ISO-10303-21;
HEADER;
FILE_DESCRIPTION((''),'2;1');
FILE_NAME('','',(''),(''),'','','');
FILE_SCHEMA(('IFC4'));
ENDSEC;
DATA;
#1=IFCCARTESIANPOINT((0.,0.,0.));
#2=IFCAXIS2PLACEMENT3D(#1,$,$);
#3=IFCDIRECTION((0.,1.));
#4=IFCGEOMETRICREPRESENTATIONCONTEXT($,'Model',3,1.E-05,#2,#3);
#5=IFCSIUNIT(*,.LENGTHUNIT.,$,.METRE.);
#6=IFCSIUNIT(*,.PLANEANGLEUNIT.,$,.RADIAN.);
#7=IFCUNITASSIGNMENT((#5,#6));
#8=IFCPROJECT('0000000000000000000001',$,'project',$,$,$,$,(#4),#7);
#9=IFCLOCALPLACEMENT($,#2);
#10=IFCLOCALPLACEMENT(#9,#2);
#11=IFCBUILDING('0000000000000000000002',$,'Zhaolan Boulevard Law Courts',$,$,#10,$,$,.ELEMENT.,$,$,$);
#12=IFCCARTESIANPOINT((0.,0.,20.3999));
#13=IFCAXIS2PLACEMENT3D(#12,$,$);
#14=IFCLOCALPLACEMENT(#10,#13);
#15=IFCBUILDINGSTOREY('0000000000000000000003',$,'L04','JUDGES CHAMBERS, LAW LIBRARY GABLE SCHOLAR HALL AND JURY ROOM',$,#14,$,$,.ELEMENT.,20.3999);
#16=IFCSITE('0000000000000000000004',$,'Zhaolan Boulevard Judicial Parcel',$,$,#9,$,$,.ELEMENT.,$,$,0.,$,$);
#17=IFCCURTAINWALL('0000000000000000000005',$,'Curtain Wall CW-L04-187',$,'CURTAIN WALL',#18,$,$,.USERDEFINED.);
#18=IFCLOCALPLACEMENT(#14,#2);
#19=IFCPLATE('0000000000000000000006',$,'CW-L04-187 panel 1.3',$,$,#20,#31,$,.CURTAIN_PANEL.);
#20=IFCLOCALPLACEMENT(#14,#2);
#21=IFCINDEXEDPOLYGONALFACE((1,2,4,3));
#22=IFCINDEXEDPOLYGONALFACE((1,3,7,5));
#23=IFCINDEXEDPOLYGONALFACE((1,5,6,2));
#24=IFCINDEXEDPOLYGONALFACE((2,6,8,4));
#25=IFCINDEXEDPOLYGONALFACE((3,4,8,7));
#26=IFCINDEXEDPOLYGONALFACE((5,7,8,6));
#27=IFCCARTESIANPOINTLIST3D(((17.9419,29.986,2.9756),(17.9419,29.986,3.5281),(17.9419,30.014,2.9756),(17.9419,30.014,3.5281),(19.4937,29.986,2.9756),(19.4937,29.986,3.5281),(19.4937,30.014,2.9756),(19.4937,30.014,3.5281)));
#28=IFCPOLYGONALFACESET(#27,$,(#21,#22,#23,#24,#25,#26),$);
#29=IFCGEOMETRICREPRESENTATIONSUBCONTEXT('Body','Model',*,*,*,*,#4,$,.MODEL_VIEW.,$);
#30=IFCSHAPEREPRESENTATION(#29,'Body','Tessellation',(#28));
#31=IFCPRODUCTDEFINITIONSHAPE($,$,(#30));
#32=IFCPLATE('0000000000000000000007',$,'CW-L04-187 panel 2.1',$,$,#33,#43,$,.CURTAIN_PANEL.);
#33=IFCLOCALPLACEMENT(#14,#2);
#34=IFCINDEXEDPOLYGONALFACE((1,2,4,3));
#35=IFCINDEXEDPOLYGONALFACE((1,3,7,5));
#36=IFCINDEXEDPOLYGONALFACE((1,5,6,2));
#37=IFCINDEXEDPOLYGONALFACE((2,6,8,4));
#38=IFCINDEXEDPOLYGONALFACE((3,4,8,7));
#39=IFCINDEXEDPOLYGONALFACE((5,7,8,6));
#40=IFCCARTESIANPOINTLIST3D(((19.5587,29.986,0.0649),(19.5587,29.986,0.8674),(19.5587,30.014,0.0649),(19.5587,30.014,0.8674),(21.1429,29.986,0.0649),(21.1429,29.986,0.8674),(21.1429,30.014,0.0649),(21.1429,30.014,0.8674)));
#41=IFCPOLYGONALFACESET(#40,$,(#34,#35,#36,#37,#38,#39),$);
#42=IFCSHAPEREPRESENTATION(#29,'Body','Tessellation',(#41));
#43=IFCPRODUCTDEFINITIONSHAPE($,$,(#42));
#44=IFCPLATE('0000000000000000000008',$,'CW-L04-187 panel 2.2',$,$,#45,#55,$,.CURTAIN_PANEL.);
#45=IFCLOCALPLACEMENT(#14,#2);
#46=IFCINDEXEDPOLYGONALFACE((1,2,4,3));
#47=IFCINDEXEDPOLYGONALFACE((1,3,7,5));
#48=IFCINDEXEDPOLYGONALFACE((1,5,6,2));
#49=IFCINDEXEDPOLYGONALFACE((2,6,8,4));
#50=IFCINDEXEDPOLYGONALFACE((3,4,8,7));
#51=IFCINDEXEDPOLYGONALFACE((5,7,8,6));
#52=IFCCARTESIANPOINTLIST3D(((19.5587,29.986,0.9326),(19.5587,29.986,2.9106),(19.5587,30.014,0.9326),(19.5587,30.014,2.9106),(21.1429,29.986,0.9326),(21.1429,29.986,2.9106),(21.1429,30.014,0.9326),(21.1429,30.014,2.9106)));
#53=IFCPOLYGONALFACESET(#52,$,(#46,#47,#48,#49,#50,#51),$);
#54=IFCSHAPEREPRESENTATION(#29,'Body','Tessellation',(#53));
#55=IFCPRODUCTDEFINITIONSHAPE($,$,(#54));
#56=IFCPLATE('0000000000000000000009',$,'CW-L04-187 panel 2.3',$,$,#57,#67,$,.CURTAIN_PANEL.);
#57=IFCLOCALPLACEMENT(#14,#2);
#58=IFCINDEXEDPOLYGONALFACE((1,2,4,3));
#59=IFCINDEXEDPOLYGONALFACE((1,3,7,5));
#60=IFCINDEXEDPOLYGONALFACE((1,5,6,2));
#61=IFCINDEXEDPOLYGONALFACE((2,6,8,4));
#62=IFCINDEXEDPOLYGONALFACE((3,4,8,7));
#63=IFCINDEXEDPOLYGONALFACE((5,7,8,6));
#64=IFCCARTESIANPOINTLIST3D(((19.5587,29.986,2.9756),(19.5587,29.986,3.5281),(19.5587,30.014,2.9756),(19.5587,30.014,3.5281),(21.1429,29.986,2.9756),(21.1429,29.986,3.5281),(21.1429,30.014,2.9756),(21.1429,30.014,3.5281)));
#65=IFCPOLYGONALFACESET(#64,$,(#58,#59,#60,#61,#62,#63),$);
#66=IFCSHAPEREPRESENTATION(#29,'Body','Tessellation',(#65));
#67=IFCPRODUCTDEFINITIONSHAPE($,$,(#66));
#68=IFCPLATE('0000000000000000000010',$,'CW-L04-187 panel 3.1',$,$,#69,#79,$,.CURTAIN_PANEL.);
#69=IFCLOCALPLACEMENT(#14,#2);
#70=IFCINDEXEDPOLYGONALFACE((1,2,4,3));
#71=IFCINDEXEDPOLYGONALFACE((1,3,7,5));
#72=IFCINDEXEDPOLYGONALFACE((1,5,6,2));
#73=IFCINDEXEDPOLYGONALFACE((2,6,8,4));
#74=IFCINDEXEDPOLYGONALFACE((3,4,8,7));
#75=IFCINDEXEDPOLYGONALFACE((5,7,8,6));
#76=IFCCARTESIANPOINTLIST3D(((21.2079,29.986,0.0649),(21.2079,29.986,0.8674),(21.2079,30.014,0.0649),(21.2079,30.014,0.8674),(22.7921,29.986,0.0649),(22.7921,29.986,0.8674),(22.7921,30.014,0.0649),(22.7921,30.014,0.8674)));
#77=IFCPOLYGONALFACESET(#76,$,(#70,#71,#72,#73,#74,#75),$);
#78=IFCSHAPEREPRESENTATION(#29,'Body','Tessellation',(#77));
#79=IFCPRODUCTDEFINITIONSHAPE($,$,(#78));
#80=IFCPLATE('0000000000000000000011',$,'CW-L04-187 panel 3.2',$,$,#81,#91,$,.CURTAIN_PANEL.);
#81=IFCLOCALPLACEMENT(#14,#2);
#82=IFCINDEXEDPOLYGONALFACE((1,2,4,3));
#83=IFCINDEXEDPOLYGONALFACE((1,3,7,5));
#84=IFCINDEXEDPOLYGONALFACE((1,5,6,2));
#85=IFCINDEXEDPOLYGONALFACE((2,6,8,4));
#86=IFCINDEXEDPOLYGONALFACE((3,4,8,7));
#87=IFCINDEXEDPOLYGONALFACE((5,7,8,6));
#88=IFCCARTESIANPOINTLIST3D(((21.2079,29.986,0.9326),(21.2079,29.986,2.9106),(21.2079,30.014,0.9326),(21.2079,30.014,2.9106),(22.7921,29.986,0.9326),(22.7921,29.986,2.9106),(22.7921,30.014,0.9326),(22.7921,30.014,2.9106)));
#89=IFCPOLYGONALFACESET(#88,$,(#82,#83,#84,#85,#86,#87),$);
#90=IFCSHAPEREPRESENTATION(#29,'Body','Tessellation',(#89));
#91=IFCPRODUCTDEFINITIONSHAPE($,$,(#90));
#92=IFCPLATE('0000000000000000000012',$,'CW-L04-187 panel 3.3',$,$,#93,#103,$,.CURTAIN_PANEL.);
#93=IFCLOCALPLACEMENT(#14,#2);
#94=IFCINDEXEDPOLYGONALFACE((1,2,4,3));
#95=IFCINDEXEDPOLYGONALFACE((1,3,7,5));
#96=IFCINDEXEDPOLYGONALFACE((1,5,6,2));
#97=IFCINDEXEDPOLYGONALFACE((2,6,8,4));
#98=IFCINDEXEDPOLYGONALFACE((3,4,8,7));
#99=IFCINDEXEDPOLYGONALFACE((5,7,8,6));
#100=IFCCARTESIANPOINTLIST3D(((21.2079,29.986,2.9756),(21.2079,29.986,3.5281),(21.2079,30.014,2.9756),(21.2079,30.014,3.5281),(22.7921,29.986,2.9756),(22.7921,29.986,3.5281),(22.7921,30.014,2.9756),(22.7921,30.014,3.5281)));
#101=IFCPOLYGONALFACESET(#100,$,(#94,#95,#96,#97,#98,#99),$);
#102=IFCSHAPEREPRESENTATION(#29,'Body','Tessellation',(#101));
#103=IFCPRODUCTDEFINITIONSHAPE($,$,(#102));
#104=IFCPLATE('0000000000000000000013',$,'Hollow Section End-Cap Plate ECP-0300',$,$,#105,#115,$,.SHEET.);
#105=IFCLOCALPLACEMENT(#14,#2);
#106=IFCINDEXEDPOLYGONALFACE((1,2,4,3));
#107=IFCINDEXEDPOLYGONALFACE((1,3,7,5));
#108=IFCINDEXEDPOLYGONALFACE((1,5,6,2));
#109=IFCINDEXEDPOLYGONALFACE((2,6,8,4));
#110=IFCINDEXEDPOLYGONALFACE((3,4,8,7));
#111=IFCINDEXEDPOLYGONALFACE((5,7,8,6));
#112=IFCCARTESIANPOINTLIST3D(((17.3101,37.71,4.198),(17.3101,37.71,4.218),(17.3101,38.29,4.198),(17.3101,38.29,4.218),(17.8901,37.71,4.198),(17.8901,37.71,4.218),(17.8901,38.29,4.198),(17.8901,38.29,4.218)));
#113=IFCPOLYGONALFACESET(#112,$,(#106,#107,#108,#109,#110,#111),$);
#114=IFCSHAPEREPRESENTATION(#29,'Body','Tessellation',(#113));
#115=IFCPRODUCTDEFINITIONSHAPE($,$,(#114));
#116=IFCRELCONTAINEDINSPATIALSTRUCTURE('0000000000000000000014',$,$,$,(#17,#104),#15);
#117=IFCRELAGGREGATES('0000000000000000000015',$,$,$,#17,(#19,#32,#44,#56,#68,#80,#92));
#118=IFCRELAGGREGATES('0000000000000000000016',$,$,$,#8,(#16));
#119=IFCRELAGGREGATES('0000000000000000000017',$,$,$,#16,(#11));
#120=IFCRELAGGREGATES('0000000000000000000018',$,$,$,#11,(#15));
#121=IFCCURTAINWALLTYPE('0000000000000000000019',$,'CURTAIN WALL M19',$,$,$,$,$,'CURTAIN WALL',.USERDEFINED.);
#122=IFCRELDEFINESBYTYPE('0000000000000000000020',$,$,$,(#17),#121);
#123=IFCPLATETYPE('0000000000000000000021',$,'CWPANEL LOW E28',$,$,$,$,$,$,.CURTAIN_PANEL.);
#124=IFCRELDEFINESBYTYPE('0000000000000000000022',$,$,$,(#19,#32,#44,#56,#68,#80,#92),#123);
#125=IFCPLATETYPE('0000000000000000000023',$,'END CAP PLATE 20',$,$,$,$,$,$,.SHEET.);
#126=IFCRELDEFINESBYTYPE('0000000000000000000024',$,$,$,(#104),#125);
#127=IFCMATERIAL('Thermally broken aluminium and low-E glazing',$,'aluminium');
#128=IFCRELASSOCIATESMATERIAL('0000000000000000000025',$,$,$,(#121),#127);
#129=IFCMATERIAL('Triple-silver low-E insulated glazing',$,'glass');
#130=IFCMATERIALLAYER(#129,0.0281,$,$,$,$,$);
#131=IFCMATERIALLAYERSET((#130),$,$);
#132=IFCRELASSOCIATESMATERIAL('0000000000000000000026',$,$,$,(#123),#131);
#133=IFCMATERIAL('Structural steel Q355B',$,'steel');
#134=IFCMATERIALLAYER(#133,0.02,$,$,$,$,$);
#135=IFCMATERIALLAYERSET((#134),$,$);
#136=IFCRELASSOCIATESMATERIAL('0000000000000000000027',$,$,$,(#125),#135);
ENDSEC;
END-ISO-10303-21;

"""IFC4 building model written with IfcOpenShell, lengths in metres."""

from ifc_helpers import new_model, si_unit, direction, frame, origin, origin_2d, place, context, subcontext, project, spatial, rectangle, extrude, material, layer, layer_set, type_object, element, aggregate, save


model = new_model("IFC4")

# Units and contexts
model_context = context("Model", 3, precision=1e-05, world=origin(), true_north=direction((0.0, 1.0)))
body_context = subcontext(model_context, "Body", "Model", "MODEL_VIEW")
ifc_project = project(units=[si_unit("LENGTHUNIT", "METRE"), si_unit("PLANEANGLEUNIT", "RADIAN")], contexts=[model_context])

# Site, building, storey
site_placement = place(None, origin())
site = spatial("IfcSite", under=ifc_project, at=site_placement, Name="Zhaolan Boulevard Judicial Parcel", CompositionType="ELEMENT", RefElevation=0.0)
building_placement = place(site_placement, origin())
building = spatial("IfcBuilding", under=site, at=building_placement, Name="Zhaolan Boulevard Law Courts", CompositionType="ELEMENT")
storey_placement = place(building_placement, frame((0.0, 0.0, 20.3999)))
storey = spatial("IfcBuildingStorey", under=building, at=storey_placement, Name="L04", Description="JUDGES CHAMBERS, LAW LIBRARY GABLE SCHOLAR HALL AND JURY ROOM", CompositionType="ELEMENT", Elevation=20.3999)

# Curtain wall
ifc_material_1 = material(Name="Thermally broken aluminium and low-E glazing", Category="aluminium")
curtain_wall_type = type_object("IfcCurtainWallType", Name="CURTAIN WALL M19", ElementType="CURTAIN WALL", PredefinedType="USERDEFINED", material=ifc_material_1)
curtain_wall_placement = place(storey_placement, origin())
curtain_wall = element("IfcCurtainWall", 1, at=curtain_wall_placement, inside=storey, type_object=curtain_wall_type, Name="Curtain Wall CW-L04-187", ObjectType="CURTAIN WALL", PredefinedType="USERDEFINED")

# Plates
ifc_material_2 = material(Name="Triple-silver low-E insulated glazing", Category="glass")
ifc_layer_1 = layer(ifc_material_2, 0.0281)
ifc_layer_set_1 = layer_set([ifc_layer_1])
plate_type_1 = type_object("IfcPlateType", Name="CWPANEL LOW E28", PredefinedType="CURTAIN_PANEL", material=ifc_layer_set_1)
plate_1_placement = place(storey_placement, frame((18.7178, 30.0, 2.9756), z_axis=(0.0, 0.0, 1.0), x_axis=(1.0, 0.0, 0.0)))
plate_1 = element("IfcPlate", 2, at=plate_1_placement, type_object=plate_type_1, Name="CW-L04-187 panel 1.3", PredefinedType="CURTAIN_PANEL", context=body_context, shape_type="SweptSolid", body=[
    extrude(rectangle(XDim=1.5518, YDim=0.0281, at=origin_2d()), origin(), (0.0, 0.0, 1.0), 0.5525),
])
plate_2_placement = place(storey_placement, frame((20.3508, 30.0, 0.0649), z_axis=(0.0, 0.0, 1.0), x_axis=(1.0, 0.0, 0.0)))
plate_2 = element("IfcPlate", 3, at=plate_2_placement, type_object=plate_type_1, Name="CW-L04-187 panel 2.1", PredefinedType="CURTAIN_PANEL", context=body_context, shape_type="SweptSolid", body=[
    extrude(rectangle(XDim=1.5842, YDim=0.0281, at=origin_2d()), origin(), (0.0, 0.0, 1.0), 0.8025),
])
plate_3_placement = place(storey_placement, frame((20.3508, 30.0, 0.9326), z_axis=(0.0, 0.0, 1.0), x_axis=(1.0, 0.0, 0.0)))
plate_3 = element("IfcPlate", 4, at=plate_3_placement, type_object=plate_type_1, Name="CW-L04-187 panel 2.2", PredefinedType="CURTAIN_PANEL", context=body_context, shape_type="SweptSolid", body=[
    extrude(rectangle(XDim=1.5842, YDim=0.0281, at=origin_2d()), origin(), (0.0, 0.0, 1.0), 1.978),
])
plate_4_placement = place(storey_placement, frame((20.3508, 30.0, 2.9756), z_axis=(0.0, 0.0, 1.0), x_axis=(1.0, 0.0, 0.0)))
plate_4 = element("IfcPlate", 5, at=plate_4_placement, type_object=plate_type_1, Name="CW-L04-187 panel 2.3", PredefinedType="CURTAIN_PANEL", context=body_context, shape_type="SweptSolid", body=[
    extrude(rectangle(XDim=1.5842, YDim=0.0281, at=origin_2d()), origin(), (0.0, 0.0, 1.0), 0.5525),
])
plate_5_placement = place(storey_placement, frame((22.0, 30.0, 0.0649), z_axis=(0.0, 0.0, 1.0), x_axis=(1.0, 0.0, 0.0)))
plate_5 = element("IfcPlate", 6, at=plate_5_placement, type_object=plate_type_1, Name="CW-L04-187 panel 3.1", PredefinedType="CURTAIN_PANEL", context=body_context, shape_type="SweptSolid", body=[
    extrude(rectangle(XDim=1.5842, YDim=0.0281, at=origin_2d()), origin(), (0.0, 0.0, 1.0), 0.8025),
])
plate_6_placement = place(storey_placement, frame((22.0, 30.0, 0.9326), z_axis=(0.0, 0.0, 1.0), x_axis=(1.0, 0.0, 0.0)))
plate_6 = element("IfcPlate", 7, at=plate_6_placement, type_object=plate_type_1, Name="CW-L04-187 panel 3.2", PredefinedType="CURTAIN_PANEL", context=body_context, shape_type="SweptSolid", body=[
    extrude(rectangle(XDim=1.5842, YDim=0.0281, at=origin_2d()), origin(), (0.0, 0.0, 1.0), 1.978),
])
plate_7_placement = place(storey_placement, frame((22.0, 30.0, 2.9756), z_axis=(0.0, 0.0, 1.0), x_axis=(1.0, 0.0, 0.0)))
plate_7 = element("IfcPlate", 8, at=plate_7_placement, type_object=plate_type_1, Name="CW-L04-187 panel 3.3", PredefinedType="CURTAIN_PANEL", context=body_context, shape_type="SweptSolid", body=[
    extrude(rectangle(XDim=1.5842, YDim=0.0281, at=origin_2d()), origin(), (0.0, 0.0, 1.0), 0.5525),
])
aggregate(curtain_wall, [plate_1, plate_2, plate_3, plate_4, plate_5, plate_6, plate_7])
ifc_material_3 = material(Name="Structural steel Q355B", Category="steel")
ifc_layer_2 = layer(ifc_material_3, 0.02)
ifc_layer_set_2 = layer_set([ifc_layer_2])
plate_type_2 = type_object("IfcPlateType", Name="END CAP PLATE 20", PredefinedType="SHEET", material=ifc_layer_set_2)
plate_8_placement = place(storey_placement, frame((17.6001, 38.0, 4.198), z_axis=(0.0, 0.0, 1.0), x_axis=(1.0, 0.0, 0.0)))
element("IfcPlate", 9, at=plate_8_placement, inside=storey, type_object=plate_type_2, Name="Hollow Section End-Cap Plate ECP-0300", PredefinedType="SHEET", context=body_context, shape_type="SweptSolid", body=[
    extrude(rectangle(XDim=0.5801, YDim=0.5801, at=origin_2d()), origin(), (0.0, 0.0, 1.0), 0.02),
])

save(model, "model.ifc")
